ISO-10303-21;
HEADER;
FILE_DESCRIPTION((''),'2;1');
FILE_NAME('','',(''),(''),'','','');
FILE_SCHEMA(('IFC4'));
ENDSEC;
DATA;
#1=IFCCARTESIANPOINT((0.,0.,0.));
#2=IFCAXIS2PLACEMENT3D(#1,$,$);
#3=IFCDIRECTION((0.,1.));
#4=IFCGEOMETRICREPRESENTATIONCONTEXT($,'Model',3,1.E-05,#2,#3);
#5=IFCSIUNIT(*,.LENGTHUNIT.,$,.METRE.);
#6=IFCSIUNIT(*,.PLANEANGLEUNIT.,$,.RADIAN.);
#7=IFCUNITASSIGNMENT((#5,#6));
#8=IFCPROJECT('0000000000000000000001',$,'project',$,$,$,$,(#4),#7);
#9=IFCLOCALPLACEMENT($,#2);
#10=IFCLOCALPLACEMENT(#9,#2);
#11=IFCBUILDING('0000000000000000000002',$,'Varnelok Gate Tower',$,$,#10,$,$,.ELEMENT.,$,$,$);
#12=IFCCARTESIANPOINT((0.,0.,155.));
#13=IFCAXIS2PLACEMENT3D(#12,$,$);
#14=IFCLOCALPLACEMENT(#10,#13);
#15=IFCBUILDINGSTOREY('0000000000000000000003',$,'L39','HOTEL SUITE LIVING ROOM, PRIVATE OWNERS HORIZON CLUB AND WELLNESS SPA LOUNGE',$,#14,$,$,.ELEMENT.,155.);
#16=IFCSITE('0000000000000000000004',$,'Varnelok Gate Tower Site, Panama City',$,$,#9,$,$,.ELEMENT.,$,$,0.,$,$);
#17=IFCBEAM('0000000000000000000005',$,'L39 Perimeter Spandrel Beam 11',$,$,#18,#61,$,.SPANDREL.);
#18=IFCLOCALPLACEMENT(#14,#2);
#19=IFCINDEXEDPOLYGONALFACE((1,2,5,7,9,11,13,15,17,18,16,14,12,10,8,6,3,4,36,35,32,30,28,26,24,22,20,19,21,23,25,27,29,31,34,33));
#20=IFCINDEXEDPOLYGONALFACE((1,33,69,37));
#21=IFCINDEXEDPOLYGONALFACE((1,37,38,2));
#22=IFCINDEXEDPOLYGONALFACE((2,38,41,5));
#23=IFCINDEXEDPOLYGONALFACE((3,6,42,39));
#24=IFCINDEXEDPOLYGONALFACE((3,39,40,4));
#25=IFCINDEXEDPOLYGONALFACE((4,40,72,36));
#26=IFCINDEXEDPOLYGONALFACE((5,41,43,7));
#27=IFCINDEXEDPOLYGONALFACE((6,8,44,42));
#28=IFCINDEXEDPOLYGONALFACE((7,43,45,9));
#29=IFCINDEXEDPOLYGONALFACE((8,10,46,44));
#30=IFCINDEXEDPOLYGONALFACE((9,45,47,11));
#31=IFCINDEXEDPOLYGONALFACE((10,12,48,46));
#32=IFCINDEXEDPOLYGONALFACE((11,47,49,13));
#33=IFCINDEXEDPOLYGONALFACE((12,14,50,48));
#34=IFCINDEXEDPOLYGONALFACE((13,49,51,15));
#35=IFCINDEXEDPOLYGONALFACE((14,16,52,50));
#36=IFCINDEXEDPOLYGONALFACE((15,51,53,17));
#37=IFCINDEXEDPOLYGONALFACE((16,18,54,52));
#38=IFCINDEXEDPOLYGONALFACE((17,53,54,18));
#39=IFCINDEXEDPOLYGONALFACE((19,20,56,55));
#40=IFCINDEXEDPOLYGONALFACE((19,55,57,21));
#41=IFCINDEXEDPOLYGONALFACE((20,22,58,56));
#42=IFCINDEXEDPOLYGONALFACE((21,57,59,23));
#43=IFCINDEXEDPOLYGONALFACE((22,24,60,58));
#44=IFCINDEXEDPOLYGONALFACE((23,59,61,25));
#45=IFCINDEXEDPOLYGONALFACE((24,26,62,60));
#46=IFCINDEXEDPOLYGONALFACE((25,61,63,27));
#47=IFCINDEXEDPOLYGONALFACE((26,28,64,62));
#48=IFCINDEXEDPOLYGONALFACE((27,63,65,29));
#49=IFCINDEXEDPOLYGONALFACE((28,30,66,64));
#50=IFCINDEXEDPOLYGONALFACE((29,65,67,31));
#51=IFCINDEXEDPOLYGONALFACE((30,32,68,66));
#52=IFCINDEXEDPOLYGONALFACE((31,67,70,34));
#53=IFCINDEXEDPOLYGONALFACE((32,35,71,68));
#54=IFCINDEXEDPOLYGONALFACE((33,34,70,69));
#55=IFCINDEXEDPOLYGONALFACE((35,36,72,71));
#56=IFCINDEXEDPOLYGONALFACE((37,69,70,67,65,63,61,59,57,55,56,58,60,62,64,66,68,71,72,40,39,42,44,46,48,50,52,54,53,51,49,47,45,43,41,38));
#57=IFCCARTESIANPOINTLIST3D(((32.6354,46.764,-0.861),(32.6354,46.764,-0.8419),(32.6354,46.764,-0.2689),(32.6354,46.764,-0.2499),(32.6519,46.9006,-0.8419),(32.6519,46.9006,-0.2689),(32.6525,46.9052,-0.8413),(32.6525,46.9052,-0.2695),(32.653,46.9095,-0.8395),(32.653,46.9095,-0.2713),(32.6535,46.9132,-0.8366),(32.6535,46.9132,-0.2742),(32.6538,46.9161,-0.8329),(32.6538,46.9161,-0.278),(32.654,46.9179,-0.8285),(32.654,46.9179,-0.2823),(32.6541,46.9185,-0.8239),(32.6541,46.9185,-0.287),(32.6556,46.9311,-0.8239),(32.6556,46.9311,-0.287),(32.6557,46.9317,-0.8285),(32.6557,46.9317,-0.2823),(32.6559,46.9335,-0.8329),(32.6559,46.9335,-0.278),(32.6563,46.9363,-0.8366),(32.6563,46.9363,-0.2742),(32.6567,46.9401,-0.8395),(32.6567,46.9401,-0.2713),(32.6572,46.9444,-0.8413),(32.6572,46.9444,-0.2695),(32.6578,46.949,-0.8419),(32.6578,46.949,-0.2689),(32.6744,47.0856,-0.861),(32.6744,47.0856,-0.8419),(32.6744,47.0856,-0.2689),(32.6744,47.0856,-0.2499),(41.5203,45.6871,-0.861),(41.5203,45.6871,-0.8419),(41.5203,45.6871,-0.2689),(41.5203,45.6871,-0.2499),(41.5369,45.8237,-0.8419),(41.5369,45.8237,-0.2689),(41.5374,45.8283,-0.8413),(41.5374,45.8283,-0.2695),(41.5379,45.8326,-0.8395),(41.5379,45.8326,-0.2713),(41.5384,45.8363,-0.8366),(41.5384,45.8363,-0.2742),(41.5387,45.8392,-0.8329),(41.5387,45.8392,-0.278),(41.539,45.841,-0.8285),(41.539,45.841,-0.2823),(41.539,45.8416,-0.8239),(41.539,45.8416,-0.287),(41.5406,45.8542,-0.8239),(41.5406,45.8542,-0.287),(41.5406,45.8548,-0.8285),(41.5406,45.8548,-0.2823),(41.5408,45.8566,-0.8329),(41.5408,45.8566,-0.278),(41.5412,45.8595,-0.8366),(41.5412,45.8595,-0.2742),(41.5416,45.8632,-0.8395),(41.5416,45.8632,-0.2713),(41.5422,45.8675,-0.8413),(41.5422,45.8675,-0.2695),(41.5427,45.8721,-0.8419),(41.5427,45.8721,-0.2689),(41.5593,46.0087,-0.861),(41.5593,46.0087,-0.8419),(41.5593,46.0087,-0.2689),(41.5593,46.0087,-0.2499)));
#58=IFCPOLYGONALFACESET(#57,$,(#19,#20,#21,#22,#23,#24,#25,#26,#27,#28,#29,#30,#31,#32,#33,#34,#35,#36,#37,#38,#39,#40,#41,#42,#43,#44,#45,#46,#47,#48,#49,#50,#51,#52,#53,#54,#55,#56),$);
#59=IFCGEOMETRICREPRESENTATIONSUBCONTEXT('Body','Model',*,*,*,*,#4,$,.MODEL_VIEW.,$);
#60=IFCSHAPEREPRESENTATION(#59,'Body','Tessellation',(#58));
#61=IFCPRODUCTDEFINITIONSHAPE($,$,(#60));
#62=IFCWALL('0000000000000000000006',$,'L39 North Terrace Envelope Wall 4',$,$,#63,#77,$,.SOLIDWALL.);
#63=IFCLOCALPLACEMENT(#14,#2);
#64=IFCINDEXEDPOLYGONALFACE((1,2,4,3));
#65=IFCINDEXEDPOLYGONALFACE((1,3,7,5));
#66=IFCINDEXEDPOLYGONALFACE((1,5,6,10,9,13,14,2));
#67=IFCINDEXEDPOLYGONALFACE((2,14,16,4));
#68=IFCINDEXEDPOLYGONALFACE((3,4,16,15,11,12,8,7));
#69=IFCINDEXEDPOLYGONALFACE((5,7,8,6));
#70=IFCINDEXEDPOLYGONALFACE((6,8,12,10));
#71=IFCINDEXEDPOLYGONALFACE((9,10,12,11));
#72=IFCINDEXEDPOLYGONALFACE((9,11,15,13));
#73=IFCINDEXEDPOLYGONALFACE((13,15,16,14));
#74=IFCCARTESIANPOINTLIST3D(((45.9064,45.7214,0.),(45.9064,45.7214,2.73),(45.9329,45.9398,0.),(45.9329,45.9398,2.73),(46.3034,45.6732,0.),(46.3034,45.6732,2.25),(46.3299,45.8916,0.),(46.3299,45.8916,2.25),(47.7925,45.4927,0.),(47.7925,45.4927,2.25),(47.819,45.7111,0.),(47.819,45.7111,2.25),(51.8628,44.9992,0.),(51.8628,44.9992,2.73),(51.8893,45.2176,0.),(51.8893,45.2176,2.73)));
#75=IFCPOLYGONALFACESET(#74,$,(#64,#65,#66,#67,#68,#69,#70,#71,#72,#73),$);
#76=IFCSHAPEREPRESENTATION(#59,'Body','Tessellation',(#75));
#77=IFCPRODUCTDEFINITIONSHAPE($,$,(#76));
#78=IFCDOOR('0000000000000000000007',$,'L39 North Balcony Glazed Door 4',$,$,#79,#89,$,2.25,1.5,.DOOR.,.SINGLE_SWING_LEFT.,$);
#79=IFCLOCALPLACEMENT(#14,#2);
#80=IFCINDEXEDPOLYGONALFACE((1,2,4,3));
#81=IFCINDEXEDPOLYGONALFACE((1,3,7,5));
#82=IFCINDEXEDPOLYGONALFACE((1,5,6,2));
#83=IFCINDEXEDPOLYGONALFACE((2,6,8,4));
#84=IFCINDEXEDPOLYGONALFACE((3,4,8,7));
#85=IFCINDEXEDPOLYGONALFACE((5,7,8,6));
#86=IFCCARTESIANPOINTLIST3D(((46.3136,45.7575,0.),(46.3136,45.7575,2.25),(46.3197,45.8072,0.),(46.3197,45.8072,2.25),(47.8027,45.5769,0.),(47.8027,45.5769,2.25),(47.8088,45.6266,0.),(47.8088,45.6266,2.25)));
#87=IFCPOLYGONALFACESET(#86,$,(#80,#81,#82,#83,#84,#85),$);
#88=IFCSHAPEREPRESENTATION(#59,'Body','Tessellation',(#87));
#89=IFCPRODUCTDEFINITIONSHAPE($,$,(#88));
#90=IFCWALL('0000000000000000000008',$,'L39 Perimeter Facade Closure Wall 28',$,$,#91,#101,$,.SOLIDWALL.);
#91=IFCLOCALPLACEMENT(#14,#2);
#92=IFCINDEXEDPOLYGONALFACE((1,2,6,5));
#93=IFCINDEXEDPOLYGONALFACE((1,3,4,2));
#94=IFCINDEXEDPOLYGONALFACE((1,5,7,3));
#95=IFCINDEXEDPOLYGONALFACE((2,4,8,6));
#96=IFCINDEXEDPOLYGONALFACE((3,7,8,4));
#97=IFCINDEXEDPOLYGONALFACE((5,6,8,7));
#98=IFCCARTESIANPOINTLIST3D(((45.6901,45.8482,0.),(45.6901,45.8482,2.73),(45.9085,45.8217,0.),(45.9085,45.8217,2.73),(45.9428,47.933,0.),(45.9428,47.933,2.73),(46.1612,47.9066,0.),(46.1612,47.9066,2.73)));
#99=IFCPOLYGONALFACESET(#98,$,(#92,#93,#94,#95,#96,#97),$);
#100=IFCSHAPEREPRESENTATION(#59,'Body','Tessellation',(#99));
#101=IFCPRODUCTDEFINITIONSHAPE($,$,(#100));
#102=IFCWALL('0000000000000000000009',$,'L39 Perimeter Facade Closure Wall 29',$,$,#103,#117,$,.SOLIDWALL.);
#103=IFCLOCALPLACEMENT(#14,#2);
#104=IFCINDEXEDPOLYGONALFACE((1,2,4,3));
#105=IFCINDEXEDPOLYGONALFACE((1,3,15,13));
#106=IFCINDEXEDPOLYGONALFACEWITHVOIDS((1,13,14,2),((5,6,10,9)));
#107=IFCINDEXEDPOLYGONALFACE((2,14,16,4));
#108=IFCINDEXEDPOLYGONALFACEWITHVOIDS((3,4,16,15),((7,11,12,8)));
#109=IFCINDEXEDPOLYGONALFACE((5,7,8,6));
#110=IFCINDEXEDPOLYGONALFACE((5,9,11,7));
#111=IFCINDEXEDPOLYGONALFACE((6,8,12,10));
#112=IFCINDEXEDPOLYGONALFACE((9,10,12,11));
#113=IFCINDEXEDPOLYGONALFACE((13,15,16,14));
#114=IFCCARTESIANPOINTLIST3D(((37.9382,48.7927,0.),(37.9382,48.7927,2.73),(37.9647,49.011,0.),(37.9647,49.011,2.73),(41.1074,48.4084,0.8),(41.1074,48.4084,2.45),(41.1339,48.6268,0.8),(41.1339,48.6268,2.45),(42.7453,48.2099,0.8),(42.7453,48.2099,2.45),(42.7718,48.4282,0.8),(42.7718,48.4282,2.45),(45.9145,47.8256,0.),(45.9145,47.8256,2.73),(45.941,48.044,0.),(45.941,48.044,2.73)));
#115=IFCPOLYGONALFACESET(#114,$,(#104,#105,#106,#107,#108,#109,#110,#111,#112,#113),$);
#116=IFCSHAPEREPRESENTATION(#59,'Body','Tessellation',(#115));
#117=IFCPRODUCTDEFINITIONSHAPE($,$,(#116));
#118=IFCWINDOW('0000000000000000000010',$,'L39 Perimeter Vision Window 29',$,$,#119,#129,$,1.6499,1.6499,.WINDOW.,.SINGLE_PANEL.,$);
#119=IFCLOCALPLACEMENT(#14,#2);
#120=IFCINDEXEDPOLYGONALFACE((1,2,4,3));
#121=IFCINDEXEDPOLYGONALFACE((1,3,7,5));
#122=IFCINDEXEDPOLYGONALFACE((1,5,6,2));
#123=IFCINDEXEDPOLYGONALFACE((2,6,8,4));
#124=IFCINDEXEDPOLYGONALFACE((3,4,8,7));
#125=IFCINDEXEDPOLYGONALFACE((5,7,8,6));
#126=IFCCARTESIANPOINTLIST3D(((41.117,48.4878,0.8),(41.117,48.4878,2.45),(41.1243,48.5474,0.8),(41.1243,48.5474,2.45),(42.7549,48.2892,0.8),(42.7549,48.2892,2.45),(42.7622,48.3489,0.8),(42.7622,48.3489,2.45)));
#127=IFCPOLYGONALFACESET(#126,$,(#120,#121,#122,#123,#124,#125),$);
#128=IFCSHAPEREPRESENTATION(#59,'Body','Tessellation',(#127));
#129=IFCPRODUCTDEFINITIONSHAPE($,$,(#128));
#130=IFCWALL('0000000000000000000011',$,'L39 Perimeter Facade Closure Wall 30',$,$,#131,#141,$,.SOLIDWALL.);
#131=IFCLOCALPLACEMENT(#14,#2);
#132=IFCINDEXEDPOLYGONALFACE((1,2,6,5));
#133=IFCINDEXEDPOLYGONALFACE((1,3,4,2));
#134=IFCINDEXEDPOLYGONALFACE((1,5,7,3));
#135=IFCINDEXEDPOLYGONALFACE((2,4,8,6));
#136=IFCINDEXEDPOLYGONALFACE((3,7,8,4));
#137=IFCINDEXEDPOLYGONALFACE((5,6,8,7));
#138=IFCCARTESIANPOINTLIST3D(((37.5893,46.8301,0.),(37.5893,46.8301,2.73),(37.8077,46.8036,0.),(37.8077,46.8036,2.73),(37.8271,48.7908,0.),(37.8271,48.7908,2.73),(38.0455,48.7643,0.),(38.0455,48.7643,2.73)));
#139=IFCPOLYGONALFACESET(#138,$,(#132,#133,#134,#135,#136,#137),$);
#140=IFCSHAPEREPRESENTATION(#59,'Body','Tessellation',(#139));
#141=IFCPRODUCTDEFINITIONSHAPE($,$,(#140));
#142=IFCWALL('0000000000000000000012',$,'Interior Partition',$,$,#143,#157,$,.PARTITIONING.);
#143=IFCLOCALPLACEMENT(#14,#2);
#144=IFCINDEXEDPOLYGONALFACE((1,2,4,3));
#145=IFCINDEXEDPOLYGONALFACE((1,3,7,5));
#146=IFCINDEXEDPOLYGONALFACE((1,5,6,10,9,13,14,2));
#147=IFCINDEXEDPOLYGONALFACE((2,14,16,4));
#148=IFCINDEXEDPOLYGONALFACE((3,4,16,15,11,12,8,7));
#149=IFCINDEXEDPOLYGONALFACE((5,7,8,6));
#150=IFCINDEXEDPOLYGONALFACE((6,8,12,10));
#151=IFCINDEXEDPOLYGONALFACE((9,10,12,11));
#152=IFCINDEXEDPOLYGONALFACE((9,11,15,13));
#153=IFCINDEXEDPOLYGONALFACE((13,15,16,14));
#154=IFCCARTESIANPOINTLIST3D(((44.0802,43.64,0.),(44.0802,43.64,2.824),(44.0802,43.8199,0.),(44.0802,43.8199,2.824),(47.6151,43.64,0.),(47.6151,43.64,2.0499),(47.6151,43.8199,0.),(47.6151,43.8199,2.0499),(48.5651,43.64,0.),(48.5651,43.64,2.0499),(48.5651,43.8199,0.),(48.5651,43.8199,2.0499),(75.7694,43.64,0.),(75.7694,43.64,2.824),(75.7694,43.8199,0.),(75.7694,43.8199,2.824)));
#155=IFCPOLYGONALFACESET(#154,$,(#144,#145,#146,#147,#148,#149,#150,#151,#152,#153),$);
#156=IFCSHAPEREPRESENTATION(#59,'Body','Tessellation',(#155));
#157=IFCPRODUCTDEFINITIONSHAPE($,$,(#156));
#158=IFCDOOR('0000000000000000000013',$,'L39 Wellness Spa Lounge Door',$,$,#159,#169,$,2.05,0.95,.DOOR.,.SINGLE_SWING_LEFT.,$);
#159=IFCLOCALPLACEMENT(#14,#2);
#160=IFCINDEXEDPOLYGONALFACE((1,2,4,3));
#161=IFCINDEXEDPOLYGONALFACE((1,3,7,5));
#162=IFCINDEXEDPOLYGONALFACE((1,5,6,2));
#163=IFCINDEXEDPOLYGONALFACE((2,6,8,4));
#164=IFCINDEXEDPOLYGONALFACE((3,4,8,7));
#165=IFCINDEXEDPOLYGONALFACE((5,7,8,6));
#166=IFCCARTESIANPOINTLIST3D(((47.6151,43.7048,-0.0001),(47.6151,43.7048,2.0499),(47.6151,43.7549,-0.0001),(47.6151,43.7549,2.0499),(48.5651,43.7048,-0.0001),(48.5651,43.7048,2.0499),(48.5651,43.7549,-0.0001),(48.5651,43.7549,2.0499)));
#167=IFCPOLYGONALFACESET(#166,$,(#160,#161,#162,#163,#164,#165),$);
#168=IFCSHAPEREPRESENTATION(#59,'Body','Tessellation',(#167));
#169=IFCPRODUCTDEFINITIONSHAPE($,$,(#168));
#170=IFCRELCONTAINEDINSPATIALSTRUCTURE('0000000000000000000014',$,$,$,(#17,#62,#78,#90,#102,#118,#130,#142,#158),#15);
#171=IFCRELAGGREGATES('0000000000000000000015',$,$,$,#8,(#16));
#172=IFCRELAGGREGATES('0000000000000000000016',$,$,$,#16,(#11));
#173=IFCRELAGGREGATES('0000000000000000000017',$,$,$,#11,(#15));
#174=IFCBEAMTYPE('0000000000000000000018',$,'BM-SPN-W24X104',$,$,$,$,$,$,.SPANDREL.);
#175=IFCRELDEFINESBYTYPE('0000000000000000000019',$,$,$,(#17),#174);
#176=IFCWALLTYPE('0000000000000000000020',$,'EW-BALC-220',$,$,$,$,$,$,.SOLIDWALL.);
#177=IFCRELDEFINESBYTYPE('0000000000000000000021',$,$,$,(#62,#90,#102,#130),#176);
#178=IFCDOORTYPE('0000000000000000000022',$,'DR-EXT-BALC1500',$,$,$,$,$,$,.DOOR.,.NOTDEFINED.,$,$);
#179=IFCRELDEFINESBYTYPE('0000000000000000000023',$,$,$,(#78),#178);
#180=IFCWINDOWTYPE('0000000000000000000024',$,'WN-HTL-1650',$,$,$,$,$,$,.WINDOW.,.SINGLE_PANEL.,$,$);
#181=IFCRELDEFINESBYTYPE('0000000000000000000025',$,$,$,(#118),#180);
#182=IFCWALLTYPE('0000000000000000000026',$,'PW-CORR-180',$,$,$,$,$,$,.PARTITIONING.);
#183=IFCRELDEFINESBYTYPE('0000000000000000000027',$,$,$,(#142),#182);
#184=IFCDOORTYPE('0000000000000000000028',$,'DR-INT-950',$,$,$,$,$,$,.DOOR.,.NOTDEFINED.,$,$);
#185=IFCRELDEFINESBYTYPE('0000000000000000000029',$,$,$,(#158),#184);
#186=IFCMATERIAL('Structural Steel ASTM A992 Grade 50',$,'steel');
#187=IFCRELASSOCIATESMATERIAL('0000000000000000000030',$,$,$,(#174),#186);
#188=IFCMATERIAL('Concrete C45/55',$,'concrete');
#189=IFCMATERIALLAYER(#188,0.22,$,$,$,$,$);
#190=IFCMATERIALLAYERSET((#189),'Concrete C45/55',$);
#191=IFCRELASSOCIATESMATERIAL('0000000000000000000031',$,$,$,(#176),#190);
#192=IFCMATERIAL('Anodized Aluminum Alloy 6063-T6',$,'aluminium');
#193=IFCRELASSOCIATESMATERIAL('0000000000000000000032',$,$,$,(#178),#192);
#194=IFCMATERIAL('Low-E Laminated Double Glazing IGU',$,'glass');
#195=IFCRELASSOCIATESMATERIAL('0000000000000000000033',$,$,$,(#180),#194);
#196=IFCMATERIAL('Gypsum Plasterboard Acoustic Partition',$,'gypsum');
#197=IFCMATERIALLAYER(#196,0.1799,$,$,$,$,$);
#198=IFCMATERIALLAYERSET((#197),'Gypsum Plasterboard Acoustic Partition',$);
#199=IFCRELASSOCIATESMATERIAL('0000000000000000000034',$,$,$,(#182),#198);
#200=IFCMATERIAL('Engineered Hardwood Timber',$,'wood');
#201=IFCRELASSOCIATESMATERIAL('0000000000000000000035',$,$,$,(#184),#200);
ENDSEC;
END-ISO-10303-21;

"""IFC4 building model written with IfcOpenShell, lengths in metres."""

from ifc_helpers import new_model, si_unit, direction, frame, frame_2d, origin, origin_2d, place, context, subcontext, project, spatial, rectangle, i_section, extrude, material, layer, layer_set, material_profile, profile_set, type_object, element, fill, save


model = new_model("IFC4")

# Units and contexts
model_context = context("Model", 3, precision=1e-05, world=origin(), true_north=direction((0.0, 1.0)))
body_context = subcontext(model_context, "Body", "Model", "MODEL_VIEW")
ifc_project = project(units=[si_unit("LENGTHUNIT", "METRE"), si_unit("PLANEANGLEUNIT", "RADIAN")], contexts=[model_context])

# Site, building, storey
site_placement = place(None, origin())
site = spatial("IfcSite", under=ifc_project, at=site_placement, Name="Varnelok Gate Tower Site, Panama City", CompositionType="ELEMENT", RefElevation=0.0)
building_placement = place(site_placement, origin())
building = spatial("IfcBuilding", under=site, at=building_placement, Name="Varnelok Gate Tower", CompositionType="ELEMENT")
storey_placement = place(building_placement, frame((0.0, 0.0, 155.0)))
storey = spatial("IfcBuildingStorey", under=building, at=storey_placement, Name="L39", Description="HOTEL SUITE LIVING ROOM, PRIVATE OWNERS HORIZON CLUB AND WELLNESS SPA LOUNGE", CompositionType="ELEMENT", Elevation=155.0)

# Shared definitions
ifc_material_1 = material(Name="Structural Steel ASTM A992 Grade 50", Category="steel")

# Beam
ifc_material_profile_1 = material_profile(ifc_material_1, i_section(OverallWidth=0.324, OverallDepth=0.6111, WebThickness=0.0127, FlangeThickness=0.019, FilletRadius=0.0181, at=origin_2d()), Name="W24X104")
ifc_profile_set_1 = profile_set([ifc_material_profile_1], Name="Structural Steel ASTM A992 Grade 50")
beam_type_1 = type_object("IfcBeamType", Name="BM-SPN-W24X104", PredefinedType="SPANDREL", material=ifc_profile_set_1)
beam_1_placement = place(storey_placement, frame((41.5398, 45.8479, -0.5554), z_axis=(-0.992735, 0.120324, 0.0), x_axis=(-0.120324, -0.992735, 0.0)))
element("IfcBeam", 1, at=beam_1_placement, inside=storey, type_object=beam_type_1, Name="L39 Perimeter Spandrel Beam 11", PredefinedType="SPANDREL", context=body_context, shape_type="SweptSolid", body=[
    extrude(i_section(OverallWidth=0.324, OverallDepth=0.6111, WebThickness=0.0127, FlangeThickness=0.019, FilletRadius=0.0181, at=origin_2d()), origin(), (0.0, 0.0, 1.0), 8.95),
])

# Wall, opening, door
ifc_material_2 = material(Name="Concrete C45/55", Category="concrete")
ifc_layer_1 = layer(ifc_material_2, 0.22)
ifc_layer_set_1 = layer_set([ifc_layer_1], Name="Concrete C45/55")
wall_type_1 = type_object("IfcWallType", Name="EW-BALC-220", PredefinedType="SOLIDWALL", material=ifc_layer_set_1)
wall_1_placement = place(storey_placement, frame((45.9197, 45.8306, 0.0), z_axis=(0.0, 0.0, 1.0), x_axis=(0.99273, -0.120363, 0.0)))
wall_1 = element("IfcWall", 2, at=wall_1_placement, inside=storey, type_object=wall_type_1, Name="L39 North Terrace Envelope Wall 4", PredefinedType="SOLIDWALL", context=body_context, shape_type="SweptSolid", body=[
    extrude(rectangle(XDim=6.0, YDim=0.22, at=frame_2d((3.0, 0.0))), origin(), (0.0, 0.0, 1.0), 2.73),
])
opening_1_placement = place(wall_1_placement, frame((0.3999, 0.0, 0.0)))
opening_1 = element("IfcOpeningElement", 3, at=opening_1_placement, cuts=wall_1, PredefinedType="OPENING", context=body_context, shape_type="SweptSolid", body=[
    extrude(rectangle(XDim=1.5, YDim=2.25, at=frame_2d((0.75, 1.125))), frame((0.0, 0.1199, 0.0), z_axis=(0.0, -1.0, 0.0), x_axis=(1.0, 0.0, 0.0)), (0.0, 0.0, 1.0), 0.24),
])
ifc_material_3 = material(Name="Anodized Aluminum Alloy 6063-T6", Category="aluminium")
door_type_1 = type_object("IfcDoorType", Name="DR-EXT-BALC1500", OperationType="NOTDEFINED", PredefinedType="DOOR", material=ifc_material_3)
door_1_placement = place(opening_1_placement, origin())
door_1 = element("IfcDoor", 4, at=door_1_placement, inside=storey, type_object=door_type_1, Name="L39 North Balcony Glazed Door 4", OperationType="SINGLE_SWING_LEFT", OverallHeight=2.25, OverallWidth=1.5, PredefinedType="DOOR", context=body_context, shape_type="SweptSolid", body=[
    extrude(rectangle(XDim=1.5, YDim=2.25, at=frame_2d((0.75, 1.125))), frame((0.0, 0.0249, 0.0), z_axis=(0.0, -1.0, 0.0), x_axis=(1.0, 0.0, 0.0)), (0.0, 0.0, 1.0), 0.05),
])
fill(opening_1, door_1)

# Wall
wall_2_placement = place(storey_placement, frame((45.7993, 45.835, 0.0), z_axis=(0.0, 0.0, 1.0), x_axis=(0.120314, 0.992736, 0.0)))
element("IfcWall", 5, at=wall_2_placement, inside=storey, type_object=wall_type_1, Name="L39 Perimeter Facade Closure Wall 28", PredefinedType="SOLIDWALL", context=body_context, shape_type="SweptSolid", body=[
    extrude(rectangle(XDim=2.1001, YDim=0.22, at=frame_2d((1.05, 0.0))), origin(), (0.0, 0.0, 1.0), 2.73),
])

# Wall, opening, window
wall_3_placement = place(storey_placement, frame((45.9277, 47.9348, 0.0), z_axis=(0.0, 0.0, 1.0), x_axis=(-0.992731, 0.120358, 0.0)))
wall_3 = element("IfcWall", 6, at=wall_3_placement, inside=storey, type_object=wall_type_1, Name="L39 Perimeter Facade Closure Wall 29", PredefinedType="SOLIDWALL", context=body_context, shape_type="SweptSolid", body=[
    extrude(rectangle(XDim=8.0347, YDim=0.22, at=frame_2d((4.0173, 0.0))), origin(), (0.0, 0.0, 1.0), 2.73),
])
opening_2_placement = place(wall_3_placement, frame((3.1924, 0.0, 0.8)))
opening_2 = element("IfcOpeningElement", 7, at=opening_2_placement, cuts=wall_3, PredefinedType="OPENING", context=body_context, shape_type="SweptSolid", body=[
    extrude(rectangle(XDim=1.6499, YDim=1.6499, at=frame_2d((0.825, 0.825))), frame((0.0, 0.1199, 0.0), z_axis=(0.0, -1.0, 0.0), x_axis=(1.0, 0.0, 0.0)), (0.0, 0.0, 1.0), 0.24),
])
ifc_material_4 = material(Name="Low-E Laminated Double Glazing IGU", Category="glass")
window_type = type_object("IfcWindowType", Name="WN-HTL-1650", PartitioningType="SINGLE_PANEL", PredefinedType="WINDOW", material=ifc_material_4)
window_placement = place(opening_2_placement, origin())
window = element("IfcWindow", 8, at=window_placement, inside=storey, type_object=window_type, Name="L39 Perimeter Vision Window 29", OverallHeight=1.6499, OverallWidth=1.6499, PartitioningType="SINGLE_PANEL", PredefinedType="WINDOW", context=body_context, shape_type="SweptSolid", body=[
    extrude(rectangle(XDim=1.6499, YDim=1.6499, at=frame_2d((0.825, 0.825))), frame((0.0, 0.03, 0.0), z_axis=(0.0, -1.0, 0.0), x_axis=(1.0, 0.0, 0.0)), (0.0, 0.0, 1.0), 0.0601),
])
fill(opening_2, window)

# Wall
wall_4_placement = place(storey_placement, frame((37.9363, 48.7776, 0.0), z_axis=(0.0, 0.0, 1.0), x_axis=(-0.120398, -0.992726, 0.0)))
element("IfcWall", 9, at=wall_4_placement, inside=storey, type_object=wall_type_1, Name="L39 Perimeter Facade Closure Wall 30", PredefinedType="SOLIDWALL", context=body_context, shape_type="SweptSolid", body=[
    extrude(rectangle(XDim=1.9751, YDim=0.22, at=frame_2d((0.9875, 0.0))), origin(), (0.0, 0.0, 1.0), 2.73),
])

# Wall, opening, door
ifc_material_5 = material(Name="Gypsum Plasterboard Acoustic Partition", Category="gypsum")
ifc_layer_2 = layer(ifc_material_5, 0.1799)
ifc_layer_set_2 = layer_set([ifc_layer_2], Name="Gypsum Plasterboard Acoustic Partition")
wall_type_2 = type_object("IfcWallType", Name="PW-CORR-180", PredefinedType="PARTITIONING", material=ifc_layer_set_2)
wall_5_placement = place(storey_placement, frame((44.0801, 43.73, 0.0), z_axis=(0.0, 0.0, 1.0), x_axis=(1.0, 0.0, 0.0)))
wall_5 = element("IfcWall", 10, at=wall_5_placement, inside=storey, type_object=wall_type_2, Name="Interior Partition", PredefinedType="PARTITIONING", context=body_context, shape_type="SweptSolid", body=[
    extrude(rectangle(XDim=31.6892, YDim=0.1799, at=frame_2d((15.8447, 0.0))), origin(), (0.0, 0.0, 1.0), 2.824),
])
opening_3_placement = place(wall_5_placement, frame((3.5349, 0.0, 0.0)))
opening_3 = element("IfcOpeningElement", 11, at=opening_3_placement, cuts=wall_5, PredefinedType="OPENING", context=body_context, shape_type="SweptSolid", body=[
    extrude(rectangle(XDim=0.95, YDim=2.05, at=frame_2d((0.4751, 1.0249))), frame((0.0, 0.0999, 0.0), z_axis=(0.0, -1.0, 0.0), x_axis=(1.0, 0.0, 0.0)), (0.0, 0.0, 1.0), 0.2),
])
ifc_material_6 = material(Name="Engineered Hardwood Timber", Category="wood")
door_type_2 = type_object("IfcDoorType", Name="DR-INT-950", OperationType="NOTDEFINED", PredefinedType="DOOR", material=ifc_material_6)
door_2_placement = place(opening_3_placement, origin())
door_2 = element("IfcDoor", 12, at=door_2_placement, inside=storey, type_object=door_type_2, Name="L39 Wellness Spa Lounge Door", OperationType="SINGLE_SWING_LEFT", OverallHeight=2.05, OverallWidth=0.95, PredefinedType="DOOR", context=body_context, shape_type="SweptSolid", body=[
    extrude(rectangle(XDim=0.95, YDim=2.05, at=frame_2d((0.4751, 1.0249))), frame((0.0, 0.0249, 0.0), z_axis=(0.0, -1.0, 0.0), x_axis=(1.0, 0.0, 0.0)), (0.0, 0.0, 1.0), 0.05),
])
fill(opening_3, door_2)

save(model, "model.ifc")
